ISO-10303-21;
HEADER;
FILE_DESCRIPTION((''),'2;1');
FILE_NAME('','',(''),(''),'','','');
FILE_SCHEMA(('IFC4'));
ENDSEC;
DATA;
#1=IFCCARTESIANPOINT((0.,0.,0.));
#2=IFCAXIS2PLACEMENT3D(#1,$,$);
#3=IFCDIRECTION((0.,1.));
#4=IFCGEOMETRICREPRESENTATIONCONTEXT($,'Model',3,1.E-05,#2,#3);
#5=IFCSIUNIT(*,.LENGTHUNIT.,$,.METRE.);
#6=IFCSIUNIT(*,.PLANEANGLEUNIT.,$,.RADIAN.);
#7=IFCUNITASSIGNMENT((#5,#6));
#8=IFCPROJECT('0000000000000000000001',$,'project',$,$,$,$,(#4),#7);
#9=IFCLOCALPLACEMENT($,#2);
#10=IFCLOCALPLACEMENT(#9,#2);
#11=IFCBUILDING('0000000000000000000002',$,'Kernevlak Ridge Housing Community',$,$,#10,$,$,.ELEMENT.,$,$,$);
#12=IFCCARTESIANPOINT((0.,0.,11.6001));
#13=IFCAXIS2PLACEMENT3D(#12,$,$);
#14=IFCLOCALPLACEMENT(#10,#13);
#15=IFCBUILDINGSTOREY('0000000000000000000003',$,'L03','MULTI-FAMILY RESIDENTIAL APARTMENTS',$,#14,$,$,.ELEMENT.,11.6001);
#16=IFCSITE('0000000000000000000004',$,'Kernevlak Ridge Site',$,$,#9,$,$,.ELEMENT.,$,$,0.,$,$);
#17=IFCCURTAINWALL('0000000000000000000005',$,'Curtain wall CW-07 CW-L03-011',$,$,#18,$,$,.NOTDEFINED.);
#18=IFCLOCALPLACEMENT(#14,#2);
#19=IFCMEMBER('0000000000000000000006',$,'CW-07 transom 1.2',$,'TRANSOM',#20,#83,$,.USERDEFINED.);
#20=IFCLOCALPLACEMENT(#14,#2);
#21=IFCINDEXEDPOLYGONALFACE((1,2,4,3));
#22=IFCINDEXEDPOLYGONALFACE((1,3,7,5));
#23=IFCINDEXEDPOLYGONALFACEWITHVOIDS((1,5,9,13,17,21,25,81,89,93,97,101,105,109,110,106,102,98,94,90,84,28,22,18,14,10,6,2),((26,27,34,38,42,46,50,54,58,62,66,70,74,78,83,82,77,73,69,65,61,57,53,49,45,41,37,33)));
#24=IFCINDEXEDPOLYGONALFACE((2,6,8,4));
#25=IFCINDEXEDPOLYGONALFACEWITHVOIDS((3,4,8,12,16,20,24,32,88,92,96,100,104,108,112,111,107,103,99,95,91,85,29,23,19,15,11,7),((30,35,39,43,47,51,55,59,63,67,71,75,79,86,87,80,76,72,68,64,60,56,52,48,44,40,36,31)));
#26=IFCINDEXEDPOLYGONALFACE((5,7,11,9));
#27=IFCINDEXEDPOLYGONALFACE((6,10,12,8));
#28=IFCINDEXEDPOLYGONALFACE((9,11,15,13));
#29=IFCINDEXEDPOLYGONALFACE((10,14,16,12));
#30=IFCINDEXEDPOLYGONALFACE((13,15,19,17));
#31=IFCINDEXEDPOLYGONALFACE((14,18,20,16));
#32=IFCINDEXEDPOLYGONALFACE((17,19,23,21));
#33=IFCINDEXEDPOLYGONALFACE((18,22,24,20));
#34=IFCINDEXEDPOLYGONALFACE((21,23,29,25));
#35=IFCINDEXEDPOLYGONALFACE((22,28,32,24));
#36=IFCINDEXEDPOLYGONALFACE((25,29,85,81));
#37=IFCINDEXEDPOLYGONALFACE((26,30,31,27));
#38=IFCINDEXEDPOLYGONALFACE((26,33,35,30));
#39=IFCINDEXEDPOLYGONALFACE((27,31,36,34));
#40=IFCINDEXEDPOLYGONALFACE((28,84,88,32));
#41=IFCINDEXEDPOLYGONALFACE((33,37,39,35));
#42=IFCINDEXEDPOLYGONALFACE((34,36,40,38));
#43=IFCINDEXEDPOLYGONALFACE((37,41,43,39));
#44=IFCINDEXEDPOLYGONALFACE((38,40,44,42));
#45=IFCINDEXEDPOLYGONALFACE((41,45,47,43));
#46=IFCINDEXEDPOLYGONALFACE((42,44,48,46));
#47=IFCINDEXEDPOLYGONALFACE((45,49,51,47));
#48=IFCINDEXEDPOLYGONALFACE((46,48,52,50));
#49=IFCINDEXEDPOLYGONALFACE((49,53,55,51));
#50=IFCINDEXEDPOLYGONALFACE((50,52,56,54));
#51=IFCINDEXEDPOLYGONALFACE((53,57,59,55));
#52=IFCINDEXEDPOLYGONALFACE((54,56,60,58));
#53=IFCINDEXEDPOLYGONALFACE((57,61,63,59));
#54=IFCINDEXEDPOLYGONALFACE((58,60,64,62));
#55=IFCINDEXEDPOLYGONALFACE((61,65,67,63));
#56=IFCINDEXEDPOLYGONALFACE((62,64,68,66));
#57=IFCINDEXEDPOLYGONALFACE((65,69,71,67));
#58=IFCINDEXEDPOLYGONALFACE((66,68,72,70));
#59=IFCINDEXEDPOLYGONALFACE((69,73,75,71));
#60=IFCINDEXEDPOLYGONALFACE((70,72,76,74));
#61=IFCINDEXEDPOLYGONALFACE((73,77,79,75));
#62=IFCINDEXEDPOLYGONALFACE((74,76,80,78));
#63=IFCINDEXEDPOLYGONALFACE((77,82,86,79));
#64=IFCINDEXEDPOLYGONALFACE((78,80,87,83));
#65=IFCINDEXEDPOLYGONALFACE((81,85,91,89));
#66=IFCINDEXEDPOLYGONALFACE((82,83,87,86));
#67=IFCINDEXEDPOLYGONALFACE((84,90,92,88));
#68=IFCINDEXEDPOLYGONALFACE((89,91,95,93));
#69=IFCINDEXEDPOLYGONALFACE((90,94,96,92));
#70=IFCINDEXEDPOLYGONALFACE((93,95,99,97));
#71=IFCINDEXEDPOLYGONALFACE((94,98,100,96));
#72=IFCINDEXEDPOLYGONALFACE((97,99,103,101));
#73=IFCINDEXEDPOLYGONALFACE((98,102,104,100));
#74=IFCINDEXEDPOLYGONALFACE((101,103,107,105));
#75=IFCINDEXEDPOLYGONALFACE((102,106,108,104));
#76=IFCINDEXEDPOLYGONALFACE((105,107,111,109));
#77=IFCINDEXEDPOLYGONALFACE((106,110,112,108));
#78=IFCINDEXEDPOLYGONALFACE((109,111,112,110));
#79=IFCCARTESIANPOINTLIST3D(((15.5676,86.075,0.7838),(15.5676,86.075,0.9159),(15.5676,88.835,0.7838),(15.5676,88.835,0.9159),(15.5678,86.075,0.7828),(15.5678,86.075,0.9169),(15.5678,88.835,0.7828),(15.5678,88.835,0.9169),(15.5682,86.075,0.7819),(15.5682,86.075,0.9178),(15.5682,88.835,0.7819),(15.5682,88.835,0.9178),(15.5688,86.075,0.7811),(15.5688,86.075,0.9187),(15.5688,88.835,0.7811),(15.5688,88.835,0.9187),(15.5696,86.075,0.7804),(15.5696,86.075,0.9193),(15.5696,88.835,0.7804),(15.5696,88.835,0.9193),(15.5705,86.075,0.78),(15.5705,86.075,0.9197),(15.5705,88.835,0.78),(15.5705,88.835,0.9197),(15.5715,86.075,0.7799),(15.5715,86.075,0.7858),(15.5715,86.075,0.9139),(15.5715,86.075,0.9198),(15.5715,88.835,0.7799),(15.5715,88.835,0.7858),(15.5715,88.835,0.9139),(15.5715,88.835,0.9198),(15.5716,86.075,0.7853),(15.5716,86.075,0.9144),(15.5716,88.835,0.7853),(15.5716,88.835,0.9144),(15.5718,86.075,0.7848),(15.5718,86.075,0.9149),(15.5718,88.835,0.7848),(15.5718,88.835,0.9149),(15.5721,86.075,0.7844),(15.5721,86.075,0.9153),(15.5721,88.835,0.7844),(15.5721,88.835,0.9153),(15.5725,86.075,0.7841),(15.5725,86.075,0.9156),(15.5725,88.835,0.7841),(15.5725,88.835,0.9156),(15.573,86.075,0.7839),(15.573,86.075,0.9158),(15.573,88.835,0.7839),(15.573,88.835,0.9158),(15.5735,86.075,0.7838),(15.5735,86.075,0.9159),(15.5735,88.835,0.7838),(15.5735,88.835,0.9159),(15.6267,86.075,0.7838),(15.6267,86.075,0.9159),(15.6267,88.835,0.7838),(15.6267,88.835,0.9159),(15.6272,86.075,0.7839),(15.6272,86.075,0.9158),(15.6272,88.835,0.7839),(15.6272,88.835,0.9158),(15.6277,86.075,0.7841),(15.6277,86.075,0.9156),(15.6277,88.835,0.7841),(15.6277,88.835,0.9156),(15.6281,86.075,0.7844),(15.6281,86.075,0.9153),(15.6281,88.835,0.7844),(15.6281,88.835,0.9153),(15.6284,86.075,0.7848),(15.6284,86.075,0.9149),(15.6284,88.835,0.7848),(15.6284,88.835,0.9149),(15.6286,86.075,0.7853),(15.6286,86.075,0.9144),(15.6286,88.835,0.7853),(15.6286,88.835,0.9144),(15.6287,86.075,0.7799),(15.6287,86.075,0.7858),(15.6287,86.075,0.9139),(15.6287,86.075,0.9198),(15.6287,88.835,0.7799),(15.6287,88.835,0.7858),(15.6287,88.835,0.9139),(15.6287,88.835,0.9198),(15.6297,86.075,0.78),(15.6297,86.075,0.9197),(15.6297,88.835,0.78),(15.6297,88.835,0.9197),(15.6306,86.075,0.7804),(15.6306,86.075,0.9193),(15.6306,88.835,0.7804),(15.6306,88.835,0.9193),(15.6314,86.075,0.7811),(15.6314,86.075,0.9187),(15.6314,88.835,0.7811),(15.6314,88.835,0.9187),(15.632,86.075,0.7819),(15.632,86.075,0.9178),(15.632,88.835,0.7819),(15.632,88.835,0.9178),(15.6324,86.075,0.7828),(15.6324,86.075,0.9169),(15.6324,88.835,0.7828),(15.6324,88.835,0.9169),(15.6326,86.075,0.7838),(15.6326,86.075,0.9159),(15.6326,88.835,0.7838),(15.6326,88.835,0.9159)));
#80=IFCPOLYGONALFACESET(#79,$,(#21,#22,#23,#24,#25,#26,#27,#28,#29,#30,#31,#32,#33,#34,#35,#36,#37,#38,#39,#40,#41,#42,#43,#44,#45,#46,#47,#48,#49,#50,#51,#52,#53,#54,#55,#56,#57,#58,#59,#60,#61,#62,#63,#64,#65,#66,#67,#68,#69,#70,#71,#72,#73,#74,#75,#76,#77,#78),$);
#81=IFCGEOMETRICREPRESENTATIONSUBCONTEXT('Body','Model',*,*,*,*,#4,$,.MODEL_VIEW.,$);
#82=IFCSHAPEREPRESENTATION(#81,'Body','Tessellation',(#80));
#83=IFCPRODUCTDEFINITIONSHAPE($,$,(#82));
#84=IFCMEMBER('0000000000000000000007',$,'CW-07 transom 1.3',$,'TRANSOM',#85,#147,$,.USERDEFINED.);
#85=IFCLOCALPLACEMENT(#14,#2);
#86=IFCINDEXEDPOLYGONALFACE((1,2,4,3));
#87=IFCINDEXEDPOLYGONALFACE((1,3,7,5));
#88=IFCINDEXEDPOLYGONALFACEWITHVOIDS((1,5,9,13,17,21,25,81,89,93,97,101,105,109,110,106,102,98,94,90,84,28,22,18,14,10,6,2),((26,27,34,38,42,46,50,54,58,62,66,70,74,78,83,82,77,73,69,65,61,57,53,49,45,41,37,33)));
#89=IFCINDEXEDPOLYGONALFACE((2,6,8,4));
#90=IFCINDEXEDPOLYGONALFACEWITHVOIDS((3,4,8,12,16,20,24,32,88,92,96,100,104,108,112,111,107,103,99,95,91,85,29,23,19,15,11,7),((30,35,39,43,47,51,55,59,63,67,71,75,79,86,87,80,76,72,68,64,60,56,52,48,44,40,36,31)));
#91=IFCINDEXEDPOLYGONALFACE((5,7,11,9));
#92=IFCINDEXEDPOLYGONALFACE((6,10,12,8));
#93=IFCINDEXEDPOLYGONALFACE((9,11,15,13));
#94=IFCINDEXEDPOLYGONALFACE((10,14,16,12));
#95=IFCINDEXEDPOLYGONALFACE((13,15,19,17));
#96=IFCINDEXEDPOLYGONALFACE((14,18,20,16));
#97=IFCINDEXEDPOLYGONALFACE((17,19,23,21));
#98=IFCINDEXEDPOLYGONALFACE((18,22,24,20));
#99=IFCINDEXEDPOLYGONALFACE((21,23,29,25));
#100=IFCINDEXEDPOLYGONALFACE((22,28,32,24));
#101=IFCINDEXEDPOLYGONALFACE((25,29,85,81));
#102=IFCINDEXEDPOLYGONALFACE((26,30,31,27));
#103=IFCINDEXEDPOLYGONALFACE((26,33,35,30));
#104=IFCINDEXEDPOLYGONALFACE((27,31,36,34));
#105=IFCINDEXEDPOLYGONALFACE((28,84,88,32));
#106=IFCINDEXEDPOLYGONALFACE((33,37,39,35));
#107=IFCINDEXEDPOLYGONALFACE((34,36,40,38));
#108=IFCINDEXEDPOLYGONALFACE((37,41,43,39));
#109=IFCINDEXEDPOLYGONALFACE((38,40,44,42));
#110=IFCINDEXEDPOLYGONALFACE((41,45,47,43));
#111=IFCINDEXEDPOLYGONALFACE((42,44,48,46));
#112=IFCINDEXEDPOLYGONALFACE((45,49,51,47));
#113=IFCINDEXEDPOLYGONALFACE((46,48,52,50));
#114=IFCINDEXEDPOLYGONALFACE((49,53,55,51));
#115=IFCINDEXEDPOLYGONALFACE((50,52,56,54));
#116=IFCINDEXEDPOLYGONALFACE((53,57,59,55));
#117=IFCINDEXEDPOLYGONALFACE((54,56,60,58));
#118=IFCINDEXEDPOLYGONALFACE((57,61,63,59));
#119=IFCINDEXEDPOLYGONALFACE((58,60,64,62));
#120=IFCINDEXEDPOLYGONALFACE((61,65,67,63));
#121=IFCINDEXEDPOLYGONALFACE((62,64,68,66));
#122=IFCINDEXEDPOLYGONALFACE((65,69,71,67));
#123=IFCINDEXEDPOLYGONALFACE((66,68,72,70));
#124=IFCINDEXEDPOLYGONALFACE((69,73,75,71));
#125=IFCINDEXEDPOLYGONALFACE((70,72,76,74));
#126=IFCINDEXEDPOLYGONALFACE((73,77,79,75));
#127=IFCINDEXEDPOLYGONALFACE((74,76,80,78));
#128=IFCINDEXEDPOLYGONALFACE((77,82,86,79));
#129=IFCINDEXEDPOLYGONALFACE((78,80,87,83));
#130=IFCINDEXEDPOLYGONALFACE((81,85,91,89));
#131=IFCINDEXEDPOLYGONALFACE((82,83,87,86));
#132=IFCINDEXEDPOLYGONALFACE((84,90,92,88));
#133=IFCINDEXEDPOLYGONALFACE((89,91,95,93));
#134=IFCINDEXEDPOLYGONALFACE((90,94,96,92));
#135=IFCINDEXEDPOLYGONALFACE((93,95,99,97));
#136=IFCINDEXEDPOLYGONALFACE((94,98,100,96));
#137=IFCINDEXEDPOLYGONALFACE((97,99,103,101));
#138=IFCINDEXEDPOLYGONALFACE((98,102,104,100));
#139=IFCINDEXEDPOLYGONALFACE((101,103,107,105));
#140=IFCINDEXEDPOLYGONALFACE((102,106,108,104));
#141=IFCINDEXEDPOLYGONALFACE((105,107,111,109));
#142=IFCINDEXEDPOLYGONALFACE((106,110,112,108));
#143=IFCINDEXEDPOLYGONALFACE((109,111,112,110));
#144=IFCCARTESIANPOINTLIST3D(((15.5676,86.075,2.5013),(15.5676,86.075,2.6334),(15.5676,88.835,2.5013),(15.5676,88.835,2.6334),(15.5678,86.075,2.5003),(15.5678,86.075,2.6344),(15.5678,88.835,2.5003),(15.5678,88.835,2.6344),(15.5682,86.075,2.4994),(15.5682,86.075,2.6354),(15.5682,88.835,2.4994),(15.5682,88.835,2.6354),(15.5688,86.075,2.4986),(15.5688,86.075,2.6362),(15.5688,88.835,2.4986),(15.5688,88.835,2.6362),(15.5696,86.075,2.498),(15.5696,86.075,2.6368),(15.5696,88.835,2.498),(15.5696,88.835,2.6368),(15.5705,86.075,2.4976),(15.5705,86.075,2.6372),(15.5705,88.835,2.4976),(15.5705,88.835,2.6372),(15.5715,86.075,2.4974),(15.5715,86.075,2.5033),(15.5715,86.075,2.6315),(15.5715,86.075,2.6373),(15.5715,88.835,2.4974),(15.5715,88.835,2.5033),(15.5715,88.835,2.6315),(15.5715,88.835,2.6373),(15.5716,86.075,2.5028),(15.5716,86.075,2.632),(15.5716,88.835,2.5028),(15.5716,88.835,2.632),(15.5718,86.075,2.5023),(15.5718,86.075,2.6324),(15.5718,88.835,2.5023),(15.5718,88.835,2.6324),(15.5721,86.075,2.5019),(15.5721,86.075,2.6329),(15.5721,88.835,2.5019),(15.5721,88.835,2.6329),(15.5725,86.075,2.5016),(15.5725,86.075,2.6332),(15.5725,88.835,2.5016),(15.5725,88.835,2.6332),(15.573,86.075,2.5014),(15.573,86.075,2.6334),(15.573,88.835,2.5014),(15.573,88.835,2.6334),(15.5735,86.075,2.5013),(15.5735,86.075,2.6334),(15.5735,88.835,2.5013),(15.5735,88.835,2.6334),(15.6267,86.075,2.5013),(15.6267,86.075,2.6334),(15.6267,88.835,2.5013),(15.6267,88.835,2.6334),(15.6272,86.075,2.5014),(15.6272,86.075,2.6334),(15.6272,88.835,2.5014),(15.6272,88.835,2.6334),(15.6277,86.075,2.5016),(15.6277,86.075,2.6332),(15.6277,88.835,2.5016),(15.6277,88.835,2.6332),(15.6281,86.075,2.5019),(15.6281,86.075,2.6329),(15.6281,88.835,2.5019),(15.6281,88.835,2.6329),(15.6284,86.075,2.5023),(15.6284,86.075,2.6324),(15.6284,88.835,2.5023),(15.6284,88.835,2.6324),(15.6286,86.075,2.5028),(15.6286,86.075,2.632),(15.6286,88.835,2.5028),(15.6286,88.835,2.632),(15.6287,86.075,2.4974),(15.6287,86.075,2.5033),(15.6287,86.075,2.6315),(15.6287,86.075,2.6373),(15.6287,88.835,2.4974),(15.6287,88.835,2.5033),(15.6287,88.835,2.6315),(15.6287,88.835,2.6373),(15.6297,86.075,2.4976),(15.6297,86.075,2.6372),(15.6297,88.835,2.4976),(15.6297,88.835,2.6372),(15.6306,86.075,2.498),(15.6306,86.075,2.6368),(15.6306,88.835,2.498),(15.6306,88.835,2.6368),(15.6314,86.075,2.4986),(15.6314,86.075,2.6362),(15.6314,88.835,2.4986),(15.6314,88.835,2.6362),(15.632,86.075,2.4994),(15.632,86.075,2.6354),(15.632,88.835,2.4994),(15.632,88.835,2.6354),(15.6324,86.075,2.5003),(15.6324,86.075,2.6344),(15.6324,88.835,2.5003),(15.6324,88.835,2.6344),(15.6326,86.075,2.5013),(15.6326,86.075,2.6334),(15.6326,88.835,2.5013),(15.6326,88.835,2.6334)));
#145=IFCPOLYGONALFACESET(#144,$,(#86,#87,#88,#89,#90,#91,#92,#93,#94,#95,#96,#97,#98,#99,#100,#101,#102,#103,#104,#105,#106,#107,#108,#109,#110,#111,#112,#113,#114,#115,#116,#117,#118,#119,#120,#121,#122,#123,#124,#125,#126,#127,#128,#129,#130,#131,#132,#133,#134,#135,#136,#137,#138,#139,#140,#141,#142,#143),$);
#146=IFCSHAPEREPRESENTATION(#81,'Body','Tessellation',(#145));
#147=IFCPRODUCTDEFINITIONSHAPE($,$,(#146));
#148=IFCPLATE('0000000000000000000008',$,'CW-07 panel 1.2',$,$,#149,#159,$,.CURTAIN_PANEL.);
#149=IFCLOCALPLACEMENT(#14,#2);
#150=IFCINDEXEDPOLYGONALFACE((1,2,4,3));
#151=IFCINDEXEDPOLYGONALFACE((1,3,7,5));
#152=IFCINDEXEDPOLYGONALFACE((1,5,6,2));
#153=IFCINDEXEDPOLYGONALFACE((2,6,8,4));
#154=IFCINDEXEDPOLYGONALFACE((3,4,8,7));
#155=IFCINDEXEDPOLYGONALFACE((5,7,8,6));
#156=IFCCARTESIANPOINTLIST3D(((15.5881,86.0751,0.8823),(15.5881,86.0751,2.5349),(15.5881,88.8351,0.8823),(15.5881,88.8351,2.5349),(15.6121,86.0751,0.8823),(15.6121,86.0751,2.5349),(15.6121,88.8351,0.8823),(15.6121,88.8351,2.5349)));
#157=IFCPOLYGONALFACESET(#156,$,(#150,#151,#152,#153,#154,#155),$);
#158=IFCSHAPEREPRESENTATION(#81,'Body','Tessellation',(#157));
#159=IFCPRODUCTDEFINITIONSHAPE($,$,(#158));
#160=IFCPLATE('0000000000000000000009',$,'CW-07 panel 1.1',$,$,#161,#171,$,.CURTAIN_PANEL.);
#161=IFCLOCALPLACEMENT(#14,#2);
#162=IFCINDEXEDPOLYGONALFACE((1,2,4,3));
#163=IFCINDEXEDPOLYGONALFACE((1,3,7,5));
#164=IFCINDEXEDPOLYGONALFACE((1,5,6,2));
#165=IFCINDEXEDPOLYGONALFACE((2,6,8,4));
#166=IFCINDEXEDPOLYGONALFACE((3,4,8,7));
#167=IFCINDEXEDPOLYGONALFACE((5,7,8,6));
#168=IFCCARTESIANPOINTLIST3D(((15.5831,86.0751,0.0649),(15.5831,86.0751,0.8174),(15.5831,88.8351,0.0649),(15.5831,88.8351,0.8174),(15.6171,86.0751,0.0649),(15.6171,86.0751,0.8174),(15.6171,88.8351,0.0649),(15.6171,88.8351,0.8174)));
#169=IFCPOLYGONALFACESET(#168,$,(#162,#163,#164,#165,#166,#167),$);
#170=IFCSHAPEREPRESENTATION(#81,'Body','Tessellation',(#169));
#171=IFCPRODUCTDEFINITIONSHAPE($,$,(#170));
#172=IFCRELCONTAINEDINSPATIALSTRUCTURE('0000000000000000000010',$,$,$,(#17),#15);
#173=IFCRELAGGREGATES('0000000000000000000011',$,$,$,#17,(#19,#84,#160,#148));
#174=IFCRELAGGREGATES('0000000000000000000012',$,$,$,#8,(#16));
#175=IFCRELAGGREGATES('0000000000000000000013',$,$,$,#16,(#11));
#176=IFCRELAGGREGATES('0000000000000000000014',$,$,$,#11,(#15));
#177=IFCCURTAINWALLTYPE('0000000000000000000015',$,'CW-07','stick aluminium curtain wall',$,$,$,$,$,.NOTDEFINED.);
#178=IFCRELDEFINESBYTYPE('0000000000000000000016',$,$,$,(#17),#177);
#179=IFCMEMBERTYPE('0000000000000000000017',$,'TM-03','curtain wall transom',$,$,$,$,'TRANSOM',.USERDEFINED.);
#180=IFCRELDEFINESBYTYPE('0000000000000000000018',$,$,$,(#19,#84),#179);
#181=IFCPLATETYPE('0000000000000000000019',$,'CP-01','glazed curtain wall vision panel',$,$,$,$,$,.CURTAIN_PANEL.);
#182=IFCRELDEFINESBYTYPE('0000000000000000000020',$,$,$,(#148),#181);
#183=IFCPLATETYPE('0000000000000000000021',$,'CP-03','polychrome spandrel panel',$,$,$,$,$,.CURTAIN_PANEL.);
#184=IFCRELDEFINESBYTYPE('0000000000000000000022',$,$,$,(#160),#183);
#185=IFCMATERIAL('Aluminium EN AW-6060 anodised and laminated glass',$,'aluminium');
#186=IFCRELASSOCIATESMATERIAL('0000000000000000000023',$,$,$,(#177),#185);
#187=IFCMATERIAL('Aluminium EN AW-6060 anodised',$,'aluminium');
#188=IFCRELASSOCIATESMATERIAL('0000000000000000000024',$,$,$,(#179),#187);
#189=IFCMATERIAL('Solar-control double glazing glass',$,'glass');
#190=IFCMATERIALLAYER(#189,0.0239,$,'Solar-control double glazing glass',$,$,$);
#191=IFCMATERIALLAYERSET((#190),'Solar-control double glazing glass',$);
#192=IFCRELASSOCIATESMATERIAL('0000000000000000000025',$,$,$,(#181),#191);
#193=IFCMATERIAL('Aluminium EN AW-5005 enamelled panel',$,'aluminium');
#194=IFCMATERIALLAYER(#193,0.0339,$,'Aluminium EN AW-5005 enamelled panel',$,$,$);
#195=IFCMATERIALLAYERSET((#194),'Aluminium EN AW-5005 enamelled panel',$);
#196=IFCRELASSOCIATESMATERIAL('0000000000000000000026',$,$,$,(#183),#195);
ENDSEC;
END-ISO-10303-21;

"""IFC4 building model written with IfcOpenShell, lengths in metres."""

from ifc_helpers import new_model, si_unit, direction, frame, origin, origin_2d, place, context, subcontext, project, spatial, rectangle, hollow_rectangle, extrude, material, layer, layer_set, material_profile, profile_set, type_object, element, aggregate, save


model = new_model("IFC4")

# Units and contexts
model_context = context("Model", 3, precision=1e-05, world=origin(), true_north=direction((0.0, 1.0)))
body_context = subcontext(model_context, "Body", "Model", "MODEL_VIEW")
ifc_project = project(units=[si_unit("LENGTHUNIT", "METRE"), si_unit("PLANEANGLEUNIT", "RADIAN")], contexts=[model_context])

# Site, building, storey
site_placement = place(None, origin())
site = spatial("IfcSite", under=ifc_project, at=site_placement, Name="Kernevlak Ridge Site", CompositionType="ELEMENT", RefElevation=0.0)
building_placement = place(site_placement, origin())
building = spatial("IfcBuilding", under=site, at=building_placement, Name="Kernevlak Ridge Housing Community", CompositionType="ELEMENT")
storey_placement = place(building_placement, frame((0.0, 0.0, 11.6001)))
storey = spatial("IfcBuildingStorey", under=building, at=storey_placement, Name="L03", Description="MULTI-FAMILY RESIDENTIAL APARTMENTS", CompositionType="ELEMENT", Elevation=11.6001)

# Shared definitions
ifc_material_1 = material(Name="Aluminium EN AW-6060 anodised and laminated glass", Category="aluminium")
ifc_material_2 = material(Name="Aluminium EN AW-6060 anodised", Category="aluminium")

# Curtain wall
curtain_wall_type_1 = type_object("IfcCurtainWallType", Name="CW-07", Description="stick aluminium curtain wall", PredefinedType="NOTDEFINED", material=ifc_material_1)
curtain_wall_1_placement = place(storey_placement, origin())
curtain_wall_1 = element("IfcCurtainWall", 1, at=curtain_wall_1_placement, inside=storey, type_object=curtain_wall_type_1, Name="Curtain wall CW-07 CW-L03-011", PredefinedType="NOTDEFINED")

# Members
ifc_material_profile_1 = material_profile(ifc_material_2, hollow_rectangle(XDim=0.0649, YDim=0.1399, WallThickness=0.0039, InnerFilletRadius=0.002, OuterFilletRadius=0.0039, at=origin_2d()), Name="ALU 65x140x4")
ifc_profile_set_1 = profile_set([ifc_material_profile_1], Name="Aluminium EN AW-6060 anodised")
member_type_1 = type_object("IfcMemberType", Name="TM-03", Description="curtain wall transom", ElementType="TRANSOM", PredefinedType="USERDEFINED", material=ifc_profile_set_1)
member_1_placement = place(storey_placement, frame((15.6001, 86.075, 0.8499), z_axis=(0.0, 1.0, 0.0), x_axis=(-1.0, 0.0, 0.0)))
member_1 = element("IfcMember", 2, at=member_1_placement, type_object=member_type_1, Name="CW-07 transom 1.2", ObjectType="TRANSOM", PredefinedType="USERDEFINED", context=body_context, shape_type="SweptSolid", body=[
    extrude(hollow_rectangle(XDim=0.0649, YDim=0.1399, WallThickness=0.0039, InnerFilletRadius=0.002, OuterFilletRadius=0.0039, at=origin_2d()), origin(), (0.0, 0.0, 1.0), 2.76),
])
member_2_placement = place(storey_placement, frame((15.6001, 86.075, 2.5674), z_axis=(0.0, 1.0, 0.0), x_axis=(-1.0, 0.0, 0.0)))
member_2 = element("IfcMember", 3, at=member_2_placement, type_object=member_type_1, Name="CW-07 transom 1.3", ObjectType="TRANSOM", PredefinedType="USERDEFINED", context=body_context, shape_type="SweptSolid", body=[
    extrude(hollow_rectangle(XDim=0.0649, YDim=0.1399, WallThickness=0.0039, InnerFilletRadius=0.002, OuterFilletRadius=0.0039, at=origin_2d()), origin(), (0.0, 0.0, 1.0), 2.76),
])

# Plates
ifc_material_3 = material(Name="Solar-control double glazing glass", Category="glass")
ifc_layer_1 = layer(ifc_material_3, 0.0239, Name="Solar-control double glazing glass")
ifc_layer_set_1 = layer_set([ifc_layer_1], Name="Solar-control double glazing glass")
plate_type_1 = type_object("IfcPlateType", Name="CP-01", Description="glazed curtain wall vision panel", PredefinedType="CURTAIN_PANEL", material=ifc_layer_set_1)
plate_1_placement = place(storey_placement, frame((15.6001, 87.4551, 0.8823), z_axis=(0.0, 0.0, 1.0), x_axis=(0.0, 1.0, 0.0)))
plate_1 = element("IfcPlate", 4, at=plate_1_placement, type_object=plate_type_1, Name="CW-07 panel 1.2", PredefinedType="CURTAIN_PANEL", context=body_context, shape_type="SweptSolid", body=[
    extrude(rectangle(XDim=2.76, YDim=0.0239, at=origin_2d()), origin(), (0.0, 0.0, 1.0), 1.6526),
])
ifc_material_4 = material(Name="Aluminium EN AW-5005 enamelled panel", Category="aluminium")
ifc_layer_2 = layer(ifc_material_4, 0.0339, Name="Aluminium EN AW-5005 enamelled panel")
ifc_layer_set_2 = layer_set([ifc_layer_2], Name="Aluminium EN AW-5005 enamelled panel")
plate_type_2 = type_object("IfcPlateType", Name="CP-03", Description="polychrome spandrel panel", PredefinedType="CURTAIN_PANEL", material=ifc_layer_set_2)
plate_2_placement = place(storey_placement, frame((15.6001, 87.4551, 0.0649), z_axis=(0.0, 0.0, 1.0), x_axis=(0.0, 1.0, 0.0)))
plate_2 = element("IfcPlate", 5, at=plate_2_placement, type_object=plate_type_2, Name="CW-07 panel 1.1", PredefinedType="CURTAIN_PANEL", context=body_context, shape_type="SweptSolid", body=[
    extrude(rectangle(XDim=2.76, YDim=0.0339, at=origin_2d()), origin(), (0.0, 0.0, 1.0), 0.7524),
])
aggregate(curtain_wall_1, [member_1, member_2, plate_2, plate_1])

save(model, "model.ifc")
